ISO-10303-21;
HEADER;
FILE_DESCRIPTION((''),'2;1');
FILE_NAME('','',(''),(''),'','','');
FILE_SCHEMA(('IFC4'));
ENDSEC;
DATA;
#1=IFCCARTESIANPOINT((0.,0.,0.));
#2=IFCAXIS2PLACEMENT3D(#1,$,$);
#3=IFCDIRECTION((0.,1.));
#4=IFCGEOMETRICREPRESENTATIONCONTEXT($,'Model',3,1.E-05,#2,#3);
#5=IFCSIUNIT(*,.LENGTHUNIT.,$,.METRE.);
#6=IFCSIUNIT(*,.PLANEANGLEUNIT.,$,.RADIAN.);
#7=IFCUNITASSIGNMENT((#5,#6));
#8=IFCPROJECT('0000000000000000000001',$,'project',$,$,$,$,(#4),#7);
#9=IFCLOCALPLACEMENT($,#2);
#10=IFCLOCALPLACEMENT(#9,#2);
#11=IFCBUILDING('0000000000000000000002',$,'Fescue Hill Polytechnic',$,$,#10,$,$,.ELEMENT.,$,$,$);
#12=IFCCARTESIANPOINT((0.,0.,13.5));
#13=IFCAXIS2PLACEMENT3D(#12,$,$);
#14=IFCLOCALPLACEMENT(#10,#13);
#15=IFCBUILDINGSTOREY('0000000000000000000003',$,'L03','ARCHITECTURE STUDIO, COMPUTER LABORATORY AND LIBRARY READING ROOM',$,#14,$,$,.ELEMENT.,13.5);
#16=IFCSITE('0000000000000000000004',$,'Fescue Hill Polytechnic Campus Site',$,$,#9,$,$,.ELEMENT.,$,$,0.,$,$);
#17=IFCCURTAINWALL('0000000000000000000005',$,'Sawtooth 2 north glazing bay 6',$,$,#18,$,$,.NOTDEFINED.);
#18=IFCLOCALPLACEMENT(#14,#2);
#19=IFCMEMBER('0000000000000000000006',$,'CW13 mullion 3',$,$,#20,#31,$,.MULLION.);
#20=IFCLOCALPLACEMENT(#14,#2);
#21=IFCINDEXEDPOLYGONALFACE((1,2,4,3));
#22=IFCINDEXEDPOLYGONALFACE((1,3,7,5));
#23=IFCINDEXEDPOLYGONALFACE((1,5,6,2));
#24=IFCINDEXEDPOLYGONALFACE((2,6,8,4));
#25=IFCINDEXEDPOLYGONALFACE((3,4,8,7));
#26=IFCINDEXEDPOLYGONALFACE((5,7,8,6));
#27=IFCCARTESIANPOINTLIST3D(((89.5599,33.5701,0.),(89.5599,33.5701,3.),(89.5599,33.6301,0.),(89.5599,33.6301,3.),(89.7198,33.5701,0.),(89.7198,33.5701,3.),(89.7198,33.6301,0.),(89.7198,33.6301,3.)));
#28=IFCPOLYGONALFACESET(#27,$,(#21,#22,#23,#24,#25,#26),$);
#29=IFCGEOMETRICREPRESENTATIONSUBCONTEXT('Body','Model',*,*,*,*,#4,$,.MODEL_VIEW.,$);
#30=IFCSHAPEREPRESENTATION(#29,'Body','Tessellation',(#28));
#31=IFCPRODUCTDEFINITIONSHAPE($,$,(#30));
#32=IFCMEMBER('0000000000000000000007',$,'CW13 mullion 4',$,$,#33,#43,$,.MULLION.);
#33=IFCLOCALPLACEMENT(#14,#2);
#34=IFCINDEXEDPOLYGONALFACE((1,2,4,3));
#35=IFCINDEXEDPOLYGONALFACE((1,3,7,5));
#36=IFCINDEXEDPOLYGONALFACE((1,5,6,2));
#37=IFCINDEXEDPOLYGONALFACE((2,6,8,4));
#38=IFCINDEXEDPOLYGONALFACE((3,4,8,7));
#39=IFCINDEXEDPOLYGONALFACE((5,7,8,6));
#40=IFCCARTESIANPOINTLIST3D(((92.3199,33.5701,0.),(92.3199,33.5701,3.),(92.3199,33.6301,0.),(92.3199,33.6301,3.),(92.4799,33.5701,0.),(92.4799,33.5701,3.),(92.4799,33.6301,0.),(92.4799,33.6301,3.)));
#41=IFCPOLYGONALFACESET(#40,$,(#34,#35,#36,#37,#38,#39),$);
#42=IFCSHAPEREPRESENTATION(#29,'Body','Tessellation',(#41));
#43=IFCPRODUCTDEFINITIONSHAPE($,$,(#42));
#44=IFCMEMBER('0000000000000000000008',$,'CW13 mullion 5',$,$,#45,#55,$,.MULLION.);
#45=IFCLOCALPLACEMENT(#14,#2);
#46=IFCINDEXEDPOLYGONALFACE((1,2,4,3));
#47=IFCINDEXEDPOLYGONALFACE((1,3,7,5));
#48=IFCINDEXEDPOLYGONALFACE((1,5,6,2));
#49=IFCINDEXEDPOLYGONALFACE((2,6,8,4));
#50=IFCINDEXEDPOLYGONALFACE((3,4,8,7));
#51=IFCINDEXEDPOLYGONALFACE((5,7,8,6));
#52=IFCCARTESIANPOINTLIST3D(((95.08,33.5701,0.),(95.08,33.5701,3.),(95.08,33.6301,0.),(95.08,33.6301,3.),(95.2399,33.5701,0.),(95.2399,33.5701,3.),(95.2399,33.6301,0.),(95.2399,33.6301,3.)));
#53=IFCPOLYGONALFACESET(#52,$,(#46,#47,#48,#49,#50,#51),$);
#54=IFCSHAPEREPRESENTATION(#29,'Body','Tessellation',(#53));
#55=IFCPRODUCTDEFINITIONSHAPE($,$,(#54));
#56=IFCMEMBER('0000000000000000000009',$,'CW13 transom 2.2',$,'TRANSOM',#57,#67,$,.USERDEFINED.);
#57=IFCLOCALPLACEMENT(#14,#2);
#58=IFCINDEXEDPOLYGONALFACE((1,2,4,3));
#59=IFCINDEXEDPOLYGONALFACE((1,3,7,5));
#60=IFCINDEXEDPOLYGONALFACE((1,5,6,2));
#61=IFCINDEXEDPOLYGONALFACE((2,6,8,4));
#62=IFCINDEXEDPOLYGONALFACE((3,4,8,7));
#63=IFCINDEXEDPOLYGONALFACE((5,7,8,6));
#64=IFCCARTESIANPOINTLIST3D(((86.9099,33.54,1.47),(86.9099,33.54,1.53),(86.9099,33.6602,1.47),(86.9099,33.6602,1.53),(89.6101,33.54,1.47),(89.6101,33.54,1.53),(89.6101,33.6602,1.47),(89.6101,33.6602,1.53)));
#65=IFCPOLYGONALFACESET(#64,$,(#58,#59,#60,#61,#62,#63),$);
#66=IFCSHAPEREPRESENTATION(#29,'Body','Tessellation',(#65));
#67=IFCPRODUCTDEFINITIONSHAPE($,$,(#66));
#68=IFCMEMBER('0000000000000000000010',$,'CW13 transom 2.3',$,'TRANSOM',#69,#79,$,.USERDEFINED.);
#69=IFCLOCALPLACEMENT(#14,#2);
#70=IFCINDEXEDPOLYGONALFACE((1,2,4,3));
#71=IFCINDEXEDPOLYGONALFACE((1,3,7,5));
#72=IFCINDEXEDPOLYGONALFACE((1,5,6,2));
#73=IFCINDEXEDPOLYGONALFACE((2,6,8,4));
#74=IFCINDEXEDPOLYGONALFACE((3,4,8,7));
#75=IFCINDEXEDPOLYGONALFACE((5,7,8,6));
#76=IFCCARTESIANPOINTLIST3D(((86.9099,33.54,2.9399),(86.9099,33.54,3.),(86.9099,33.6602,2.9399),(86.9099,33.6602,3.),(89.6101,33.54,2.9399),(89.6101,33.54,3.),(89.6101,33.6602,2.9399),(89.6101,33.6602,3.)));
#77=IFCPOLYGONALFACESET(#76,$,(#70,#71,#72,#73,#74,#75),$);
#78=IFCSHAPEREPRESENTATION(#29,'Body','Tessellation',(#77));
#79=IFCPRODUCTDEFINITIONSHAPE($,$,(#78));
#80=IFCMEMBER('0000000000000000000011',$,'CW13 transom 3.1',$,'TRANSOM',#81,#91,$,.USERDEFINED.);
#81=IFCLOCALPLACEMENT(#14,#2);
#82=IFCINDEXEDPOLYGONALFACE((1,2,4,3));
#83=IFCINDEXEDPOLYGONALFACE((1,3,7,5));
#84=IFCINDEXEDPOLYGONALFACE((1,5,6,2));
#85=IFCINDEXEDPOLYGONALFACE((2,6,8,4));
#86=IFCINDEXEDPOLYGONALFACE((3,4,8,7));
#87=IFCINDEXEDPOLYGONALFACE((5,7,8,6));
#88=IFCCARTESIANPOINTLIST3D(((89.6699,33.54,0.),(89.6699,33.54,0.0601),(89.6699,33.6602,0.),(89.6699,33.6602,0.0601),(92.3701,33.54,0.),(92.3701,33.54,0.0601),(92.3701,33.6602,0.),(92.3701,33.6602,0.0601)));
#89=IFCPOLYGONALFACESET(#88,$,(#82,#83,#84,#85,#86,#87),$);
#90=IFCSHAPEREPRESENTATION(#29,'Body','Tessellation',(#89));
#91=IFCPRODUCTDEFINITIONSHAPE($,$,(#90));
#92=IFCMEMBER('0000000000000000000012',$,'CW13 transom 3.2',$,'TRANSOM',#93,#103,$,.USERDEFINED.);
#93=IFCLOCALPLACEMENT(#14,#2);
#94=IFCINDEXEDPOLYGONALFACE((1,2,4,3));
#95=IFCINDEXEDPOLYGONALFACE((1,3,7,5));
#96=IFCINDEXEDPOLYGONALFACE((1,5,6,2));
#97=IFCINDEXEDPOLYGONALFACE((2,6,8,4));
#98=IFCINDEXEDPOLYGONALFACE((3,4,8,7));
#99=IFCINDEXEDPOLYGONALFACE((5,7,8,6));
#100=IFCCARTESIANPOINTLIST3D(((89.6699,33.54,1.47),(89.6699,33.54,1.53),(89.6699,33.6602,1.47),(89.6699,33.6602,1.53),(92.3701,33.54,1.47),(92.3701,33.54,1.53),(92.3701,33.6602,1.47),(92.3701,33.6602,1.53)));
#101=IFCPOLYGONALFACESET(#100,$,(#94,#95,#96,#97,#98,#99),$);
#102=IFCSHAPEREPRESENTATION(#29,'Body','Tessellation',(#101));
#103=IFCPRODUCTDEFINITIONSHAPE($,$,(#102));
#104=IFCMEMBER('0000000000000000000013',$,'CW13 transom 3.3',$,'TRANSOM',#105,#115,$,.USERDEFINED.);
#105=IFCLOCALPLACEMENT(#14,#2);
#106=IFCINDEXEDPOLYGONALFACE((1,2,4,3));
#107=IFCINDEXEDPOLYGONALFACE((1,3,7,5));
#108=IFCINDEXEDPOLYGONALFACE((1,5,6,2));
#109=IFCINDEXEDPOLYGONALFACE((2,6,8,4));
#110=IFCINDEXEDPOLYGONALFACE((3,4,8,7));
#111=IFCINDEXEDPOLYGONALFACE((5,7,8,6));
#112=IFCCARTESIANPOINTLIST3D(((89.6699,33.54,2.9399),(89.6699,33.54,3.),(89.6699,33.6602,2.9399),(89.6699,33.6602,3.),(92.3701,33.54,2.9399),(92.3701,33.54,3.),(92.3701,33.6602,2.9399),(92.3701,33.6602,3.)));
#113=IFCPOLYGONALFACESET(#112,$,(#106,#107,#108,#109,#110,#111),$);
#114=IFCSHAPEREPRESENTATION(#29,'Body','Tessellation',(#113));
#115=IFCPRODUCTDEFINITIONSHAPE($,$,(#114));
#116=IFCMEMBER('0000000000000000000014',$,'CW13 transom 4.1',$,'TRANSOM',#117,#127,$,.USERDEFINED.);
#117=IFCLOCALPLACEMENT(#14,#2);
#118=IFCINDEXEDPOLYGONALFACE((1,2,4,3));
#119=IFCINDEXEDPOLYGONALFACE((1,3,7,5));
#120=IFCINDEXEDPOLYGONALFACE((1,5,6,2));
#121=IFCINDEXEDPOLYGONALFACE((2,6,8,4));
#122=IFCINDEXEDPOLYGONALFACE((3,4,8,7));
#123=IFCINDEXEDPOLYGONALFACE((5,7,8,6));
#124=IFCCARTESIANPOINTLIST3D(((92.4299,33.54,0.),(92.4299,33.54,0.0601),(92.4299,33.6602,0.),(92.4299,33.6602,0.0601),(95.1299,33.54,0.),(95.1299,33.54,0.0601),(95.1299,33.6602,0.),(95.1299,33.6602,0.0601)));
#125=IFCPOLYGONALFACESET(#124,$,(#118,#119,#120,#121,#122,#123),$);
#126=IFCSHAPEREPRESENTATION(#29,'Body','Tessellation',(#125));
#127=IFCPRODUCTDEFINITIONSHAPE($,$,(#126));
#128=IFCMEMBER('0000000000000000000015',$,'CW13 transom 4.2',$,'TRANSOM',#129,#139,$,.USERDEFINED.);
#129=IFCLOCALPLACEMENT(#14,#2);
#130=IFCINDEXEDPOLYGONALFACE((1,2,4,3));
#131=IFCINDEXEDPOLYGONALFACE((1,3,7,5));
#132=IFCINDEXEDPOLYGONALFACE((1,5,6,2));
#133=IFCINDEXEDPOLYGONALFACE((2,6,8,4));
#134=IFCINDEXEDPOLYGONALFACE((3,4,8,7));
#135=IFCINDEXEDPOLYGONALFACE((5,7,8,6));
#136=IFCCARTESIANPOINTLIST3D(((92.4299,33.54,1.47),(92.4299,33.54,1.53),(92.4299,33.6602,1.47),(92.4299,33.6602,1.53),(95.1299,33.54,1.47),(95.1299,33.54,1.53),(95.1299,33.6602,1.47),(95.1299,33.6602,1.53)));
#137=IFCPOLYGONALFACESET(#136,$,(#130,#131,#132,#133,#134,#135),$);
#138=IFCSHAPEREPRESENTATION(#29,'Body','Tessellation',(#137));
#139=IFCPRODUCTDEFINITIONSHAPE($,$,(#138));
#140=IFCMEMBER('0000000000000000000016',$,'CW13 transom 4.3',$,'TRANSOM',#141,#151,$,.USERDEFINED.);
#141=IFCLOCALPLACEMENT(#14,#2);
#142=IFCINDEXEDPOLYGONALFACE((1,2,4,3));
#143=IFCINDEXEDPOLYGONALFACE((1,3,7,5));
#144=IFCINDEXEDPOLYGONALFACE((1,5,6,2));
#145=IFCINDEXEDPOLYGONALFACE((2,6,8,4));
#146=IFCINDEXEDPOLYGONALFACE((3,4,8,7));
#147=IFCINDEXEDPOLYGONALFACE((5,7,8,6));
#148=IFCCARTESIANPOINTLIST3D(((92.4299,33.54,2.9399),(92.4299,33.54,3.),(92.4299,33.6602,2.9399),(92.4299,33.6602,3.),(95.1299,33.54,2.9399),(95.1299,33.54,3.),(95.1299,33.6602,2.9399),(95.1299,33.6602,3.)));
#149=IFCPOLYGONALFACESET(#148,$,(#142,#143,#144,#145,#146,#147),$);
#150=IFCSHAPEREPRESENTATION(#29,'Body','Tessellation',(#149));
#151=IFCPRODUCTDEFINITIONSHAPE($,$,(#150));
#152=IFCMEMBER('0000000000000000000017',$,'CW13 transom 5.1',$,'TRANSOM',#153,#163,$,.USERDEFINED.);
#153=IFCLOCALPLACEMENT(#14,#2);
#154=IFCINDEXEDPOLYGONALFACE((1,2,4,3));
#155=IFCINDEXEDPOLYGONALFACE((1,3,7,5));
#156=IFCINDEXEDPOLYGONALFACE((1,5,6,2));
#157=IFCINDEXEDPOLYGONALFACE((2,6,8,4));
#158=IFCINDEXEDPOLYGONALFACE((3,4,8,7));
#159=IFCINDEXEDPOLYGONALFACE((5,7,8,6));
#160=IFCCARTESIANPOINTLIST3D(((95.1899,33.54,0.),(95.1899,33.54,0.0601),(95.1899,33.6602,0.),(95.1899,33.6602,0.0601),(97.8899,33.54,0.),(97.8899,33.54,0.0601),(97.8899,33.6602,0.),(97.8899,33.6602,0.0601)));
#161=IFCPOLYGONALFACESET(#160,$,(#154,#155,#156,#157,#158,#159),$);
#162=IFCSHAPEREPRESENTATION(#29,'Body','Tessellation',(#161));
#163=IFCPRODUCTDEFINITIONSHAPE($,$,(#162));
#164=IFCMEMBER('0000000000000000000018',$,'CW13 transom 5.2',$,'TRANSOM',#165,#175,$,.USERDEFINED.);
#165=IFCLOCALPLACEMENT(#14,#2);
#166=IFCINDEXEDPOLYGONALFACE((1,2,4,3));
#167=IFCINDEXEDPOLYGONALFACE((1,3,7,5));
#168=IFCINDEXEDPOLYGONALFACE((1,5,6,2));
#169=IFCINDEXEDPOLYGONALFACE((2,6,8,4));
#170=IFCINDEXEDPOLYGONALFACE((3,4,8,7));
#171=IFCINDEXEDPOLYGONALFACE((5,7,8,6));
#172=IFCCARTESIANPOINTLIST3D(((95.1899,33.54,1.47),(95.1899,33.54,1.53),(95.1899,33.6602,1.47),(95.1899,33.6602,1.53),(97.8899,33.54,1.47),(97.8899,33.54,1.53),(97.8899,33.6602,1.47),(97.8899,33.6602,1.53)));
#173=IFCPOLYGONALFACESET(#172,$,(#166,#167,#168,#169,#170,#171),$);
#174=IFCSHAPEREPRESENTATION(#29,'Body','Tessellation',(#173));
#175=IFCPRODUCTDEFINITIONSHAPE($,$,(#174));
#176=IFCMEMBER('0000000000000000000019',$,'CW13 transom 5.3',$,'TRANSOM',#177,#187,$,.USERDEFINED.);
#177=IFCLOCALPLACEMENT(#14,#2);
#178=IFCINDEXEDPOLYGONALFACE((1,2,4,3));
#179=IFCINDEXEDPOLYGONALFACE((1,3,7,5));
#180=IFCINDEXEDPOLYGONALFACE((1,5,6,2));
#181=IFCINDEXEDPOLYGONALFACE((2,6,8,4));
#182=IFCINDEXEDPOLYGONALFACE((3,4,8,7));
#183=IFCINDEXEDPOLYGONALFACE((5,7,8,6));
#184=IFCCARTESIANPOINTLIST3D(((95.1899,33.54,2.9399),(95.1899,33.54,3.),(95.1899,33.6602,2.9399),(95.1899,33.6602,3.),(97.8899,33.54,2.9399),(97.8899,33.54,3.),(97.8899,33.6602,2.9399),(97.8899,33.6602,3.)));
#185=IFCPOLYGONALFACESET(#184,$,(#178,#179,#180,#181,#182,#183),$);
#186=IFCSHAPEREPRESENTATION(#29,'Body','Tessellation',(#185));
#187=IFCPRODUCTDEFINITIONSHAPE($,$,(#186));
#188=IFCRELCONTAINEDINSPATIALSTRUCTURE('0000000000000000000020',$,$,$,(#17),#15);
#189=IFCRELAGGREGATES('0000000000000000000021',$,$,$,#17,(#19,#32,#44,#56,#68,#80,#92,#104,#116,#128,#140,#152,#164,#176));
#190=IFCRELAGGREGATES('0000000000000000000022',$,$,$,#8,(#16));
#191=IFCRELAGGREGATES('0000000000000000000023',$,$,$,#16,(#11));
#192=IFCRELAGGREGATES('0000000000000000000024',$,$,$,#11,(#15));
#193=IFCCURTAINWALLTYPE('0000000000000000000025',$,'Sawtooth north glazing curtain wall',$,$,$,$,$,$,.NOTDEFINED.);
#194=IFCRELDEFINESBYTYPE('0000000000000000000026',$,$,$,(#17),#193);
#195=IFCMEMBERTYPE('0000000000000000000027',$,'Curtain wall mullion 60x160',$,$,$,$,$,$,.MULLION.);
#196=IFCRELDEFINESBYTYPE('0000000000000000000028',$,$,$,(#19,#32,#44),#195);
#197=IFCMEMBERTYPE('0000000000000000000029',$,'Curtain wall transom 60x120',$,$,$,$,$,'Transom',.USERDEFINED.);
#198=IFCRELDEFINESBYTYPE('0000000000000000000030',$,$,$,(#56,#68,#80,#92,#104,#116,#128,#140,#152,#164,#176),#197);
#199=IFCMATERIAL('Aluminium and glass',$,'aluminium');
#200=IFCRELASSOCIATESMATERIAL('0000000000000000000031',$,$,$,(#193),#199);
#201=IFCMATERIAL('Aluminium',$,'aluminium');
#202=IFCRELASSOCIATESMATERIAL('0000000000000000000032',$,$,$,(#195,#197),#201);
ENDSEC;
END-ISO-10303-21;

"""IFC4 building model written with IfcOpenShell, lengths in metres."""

from ifc_helpers import new_model, si_unit, direction, frame, origin, origin_2d, place, context, subcontext, project, spatial, rectangle, extrude, material, material_profile, profile_set, type_object, element, aggregate, save


model = new_model("IFC4")

# Units and contexts
model_context = context("Model", 3, precision=1e-05, world=origin(), true_north=direction((0.0, 1.0)))
body_context = subcontext(model_context, "Body", "Model", "MODEL_VIEW")
ifc_project = project(units=[si_unit("LENGTHUNIT", "METRE"), si_unit("PLANEANGLEUNIT", "RADIAN")], contexts=[model_context])

# Site, building, storey
site_placement = place(None, origin())
site = spatial("IfcSite", under=ifc_project, at=site_placement, Name="Fescue Hill Polytechnic Campus Site", CompositionType="ELEMENT", RefElevation=0.0)
building_placement = place(site_placement, origin())
building = spatial("IfcBuilding", under=site, at=building_placement, Name="Fescue Hill Polytechnic", CompositionType="ELEMENT")
storey_placement = place(building_placement, frame((0.0, 0.0, 13.5)))
storey = spatial("IfcBuildingStorey", under=building, at=storey_placement, Name="L03", Description="ARCHITECTURE STUDIO, COMPUTER LABORATORY AND LIBRARY READING ROOM", CompositionType="ELEMENT", Elevation=13.5)

# Curtain wall, members
ifc_material_1 = material(Name="Aluminium and glass", Category="aluminium")
curtain_wall_type = type_object("IfcCurtainWallType", Name="Sawtooth north glazing curtain wall", PredefinedType="NOTDEFINED", material=ifc_material_1)
curtain_wall_placement = place(storey_placement, origin())
curtain_wall = element("IfcCurtainWall", 1, at=curtain_wall_placement, inside=storey, type_object=curtain_wall_type, Name="Sawtooth 2 north glazing bay 6", PredefinedType="NOTDEFINED")
ifc_material_2 = material(Name="Aluminium", Category="aluminium")
ifc_material_profile_1 = material_profile(ifc_material_2, rectangle(XDim=0.0601, YDim=0.1599, at=origin_2d()), Name="Curtain wall mullion 60x160")
ifc_profile_set_1 = profile_set([ifc_material_profile_1], Name="Aluminium")
member_type_1 = type_object("IfcMemberType", Name="Curtain wall mullion 60x160", PredefinedType="MULLION", material=ifc_profile_set_1)
member_1_placement = place(storey_placement, frame((89.6399, 33.6001, 0.0), z_axis=(0.0, 0.0, 1.0), x_axis=(0.0, 1.0, 0.0)))
member_1 = element("IfcMember", 2, at=member_1_placement, type_object=member_type_1, Name="CW13 mullion 3", PredefinedType="MULLION", context=body_context, shape_type="SweptSolid", body=[
    extrude(rectangle(XDim=0.0601, YDim=0.1599, at=origin_2d()), origin(), (0.0, 0.0, 1.0), 3.0),
])
member_2_placement = place(storey_placement, frame((92.3999, 33.6001, 0.0), z_axis=(0.0, 0.0, 1.0), x_axis=(0.0, 1.0, 0.0)))
member_2 = element("IfcMember", 3, at=member_2_placement, type_object=member_type_1, Name="CW13 mullion 4", PredefinedType="MULLION", context=body_context, shape_type="SweptSolid", body=[
    extrude(rectangle(XDim=0.0601, YDim=0.1599, at=origin_2d()), origin(), (0.0, 0.0, 1.0), 3.0),
])
member_3_placement = place(storey_placement, frame((95.1599, 33.6001, 0.0), z_axis=(0.0, 0.0, 1.0), x_axis=(0.0, 1.0, 0.0)))
member_3 = element("IfcMember", 4, at=member_3_placement, type_object=member_type_1, Name="CW13 mullion 5", PredefinedType="MULLION", context=body_context, shape_type="SweptSolid", body=[
    extrude(rectangle(XDim=0.0601, YDim=0.1599, at=origin_2d()), origin(), (0.0, 0.0, 1.0), 3.0),
])
ifc_material_profile_2 = material_profile(ifc_material_2, rectangle(XDim=0.1201, YDim=0.0601, at=origin_2d()), Name="Curtain wall transom 60x120")
ifc_profile_set_2 = profile_set([ifc_material_profile_2], Name="Aluminium")
member_type_2 = type_object("IfcMemberType", Name="Curtain wall transom 60x120", ElementType="Transom", PredefinedType="USERDEFINED", material=ifc_profile_set_2)
member_4_placement = place(storey_placement, frame((86.9099, 33.6001, 1.5), z_axis=(1.0, 0.0, 0.0), x_axis=(0.0, 1.0, 0.0)))
member_4 = element("IfcMember", 5, at=member_4_placement, type_object=member_type_2, Name="CW13 transom 2.2", ObjectType="TRANSOM", PredefinedType="USERDEFINED", context=body_context, shape_type="SweptSolid", body=[
    extrude(rectangle(XDim=0.1201, YDim=0.0601, at=origin_2d()), origin(), (0.0, 0.0, 1.0), 2.7002),
])
member_5_placement = place(storey_placement, frame((86.9099, 33.6001, 2.97), z_axis=(1.0, 0.0, 0.0), x_axis=(0.0, 1.0, 0.0)))
member_5 = element("IfcMember", 6, at=member_5_placement, type_object=member_type_2, Name="CW13 transom 2.3", ObjectType="TRANSOM", PredefinedType="USERDEFINED", context=body_context, shape_type="SweptSolid", body=[
    extrude(rectangle(XDim=0.1201, YDim=0.0601, at=origin_2d()), origin(), (0.0, 0.0, 1.0), 2.7002),
])
member_6_placement = place(storey_placement, frame((89.6699, 33.6001, 0.03), z_axis=(1.0, 0.0, 0.0), x_axis=(0.0, 1.0, 0.0)))
member_6 = element("IfcMember", 7, at=member_6_placement, type_object=member_type_2, Name="CW13 transom 3.1", ObjectType="TRANSOM", PredefinedType="USERDEFINED", context=body_context, shape_type="SweptSolid", body=[
    extrude(rectangle(XDim=0.1201, YDim=0.0601, at=origin_2d()), origin(), (0.0, 0.0, 1.0), 2.7002),
])
member_7_placement = place(storey_placement, frame((89.6699, 33.6001, 1.5), z_axis=(1.0, 0.0, 0.0), x_axis=(0.0, 1.0, 0.0)))
member_7 = element("IfcMember", 8, at=member_7_placement, type_object=member_type_2, Name="CW13 transom 3.2", ObjectType="TRANSOM", PredefinedType="USERDEFINED", context=body_context, shape_type="SweptSolid", body=[
    extrude(rectangle(XDim=0.1201, YDim=0.0601, at=origin_2d()), origin(), (0.0, 0.0, 1.0), 2.7002),
])
member_8_placement = place(storey_placement, frame((89.6699, 33.6001, 2.97), z_axis=(1.0, 0.0, 0.0), x_axis=(0.0, 1.0, 0.0)))
member_8 = element("IfcMember", 9, at=member_8_placement, type_object=member_type_2, Name="CW13 transom 3.3", ObjectType="TRANSOM", PredefinedType="USERDEFINED", context=body_context, shape_type="SweptSolid", body=[
    extrude(rectangle(XDim=0.1201, YDim=0.0601, at=origin_2d()), origin(), (0.0, 0.0, 1.0), 2.7002),
])
member_9_placement = place(storey_placement, frame((92.4299, 33.6001, 0.03), z_axis=(1.0, 0.0, 0.0), x_axis=(0.0, 1.0, 0.0)))
member_9 = element("IfcMember", 10, at=member_9_placement, type_object=member_type_2, Name="CW13 transom 4.1", ObjectType="TRANSOM", PredefinedType="USERDEFINED", context=body_context, shape_type="SweptSolid", body=[
    extrude(rectangle(XDim=0.1201, YDim=0.0601, at=origin_2d()), origin(), (0.0, 0.0, 1.0), 2.7),
])
member_10_placement = place(storey_placement, frame((92.4299, 33.6001, 1.5), z_axis=(1.0, 0.0, 0.0), x_axis=(0.0, 1.0, 0.0)))
member_10 = element("IfcMember", 11, at=member_10_placement, type_object=member_type_2, Name="CW13 transom 4.2", ObjectType="TRANSOM", PredefinedType="USERDEFINED", context=body_context, shape_type="SweptSolid", body=[
    extrude(rectangle(XDim=0.1201, YDim=0.0601, at=origin_2d()), origin(), (0.0, 0.0, 1.0), 2.7),
])
member_11_placement = place(storey_placement, frame((92.4299, 33.6001, 2.97), z_axis=(1.0, 0.0, 0.0), x_axis=(0.0, 1.0, 0.0)))
member_11 = element("IfcMember", 12, at=member_11_placement, type_object=member_type_2, Name="CW13 transom 4.3", ObjectType="TRANSOM", PredefinedType="USERDEFINED", context=body_context, shape_type="SweptSolid", body=[
    extrude(rectangle(XDim=0.1201, YDim=0.0601, at=origin_2d()), origin(), (0.0, 0.0, 1.0), 2.7),
])
member_12_placement = place(storey_placement, frame((95.1899, 33.6001, 0.03), z_axis=(1.0, 0.0, 0.0), x_axis=(0.0, 1.0, 0.0)))
member_12 = element("IfcMember", 13, at=member_12_placement, type_object=member_type_2, Name="CW13 transom 5.1", ObjectType="TRANSOM", PredefinedType="USERDEFINED", context=body_context, shape_type="SweptSolid", body=[
    extrude(rectangle(XDim=0.1201, YDim=0.0601, at=origin_2d()), origin(), (0.0, 0.0, 1.0), 2.7),
])
member_13_placement = place(storey_placement, frame((95.1899, 33.6001, 1.5), z_axis=(1.0, 0.0, 0.0), x_axis=(0.0, 1.0, 0.0)))
member_13 = element("IfcMember", 14, at=member_13_placement, type_object=member_type_2, Name="CW13 transom 5.2", ObjectType="TRANSOM", PredefinedType="USERDEFINED", context=body_context, shape_type="SweptSolid", body=[
    extrude(rectangle(XDim=0.1201, YDim=0.0601, at=origin_2d()), origin(), (0.0, 0.0, 1.0), 2.7),
])
member_14_placement = place(storey_placement, frame((95.1899, 33.6001, 2.97), z_axis=(1.0, 0.0, 0.0), x_axis=(0.0, 1.0, 0.0)))
member_14 = element("IfcMember", 15, at=member_14_placement, type_object=member_type_2, Name="CW13 transom 5.3", ObjectType="TRANSOM", PredefinedType="USERDEFINED", context=body_context, shape_type="SweptSolid", body=[
    extrude(rectangle(XDim=0.1201, YDim=0.0601, at=origin_2d()), origin(), (0.0, 0.0, 1.0), 2.7),
])
aggregate(curtain_wall, [member_1, member_2, member_3, member_4, member_5, member_6, member_7, member_8, member_9, member_10, member_11, member_12, member_13, member_14])

save(model, "model.ifc")
